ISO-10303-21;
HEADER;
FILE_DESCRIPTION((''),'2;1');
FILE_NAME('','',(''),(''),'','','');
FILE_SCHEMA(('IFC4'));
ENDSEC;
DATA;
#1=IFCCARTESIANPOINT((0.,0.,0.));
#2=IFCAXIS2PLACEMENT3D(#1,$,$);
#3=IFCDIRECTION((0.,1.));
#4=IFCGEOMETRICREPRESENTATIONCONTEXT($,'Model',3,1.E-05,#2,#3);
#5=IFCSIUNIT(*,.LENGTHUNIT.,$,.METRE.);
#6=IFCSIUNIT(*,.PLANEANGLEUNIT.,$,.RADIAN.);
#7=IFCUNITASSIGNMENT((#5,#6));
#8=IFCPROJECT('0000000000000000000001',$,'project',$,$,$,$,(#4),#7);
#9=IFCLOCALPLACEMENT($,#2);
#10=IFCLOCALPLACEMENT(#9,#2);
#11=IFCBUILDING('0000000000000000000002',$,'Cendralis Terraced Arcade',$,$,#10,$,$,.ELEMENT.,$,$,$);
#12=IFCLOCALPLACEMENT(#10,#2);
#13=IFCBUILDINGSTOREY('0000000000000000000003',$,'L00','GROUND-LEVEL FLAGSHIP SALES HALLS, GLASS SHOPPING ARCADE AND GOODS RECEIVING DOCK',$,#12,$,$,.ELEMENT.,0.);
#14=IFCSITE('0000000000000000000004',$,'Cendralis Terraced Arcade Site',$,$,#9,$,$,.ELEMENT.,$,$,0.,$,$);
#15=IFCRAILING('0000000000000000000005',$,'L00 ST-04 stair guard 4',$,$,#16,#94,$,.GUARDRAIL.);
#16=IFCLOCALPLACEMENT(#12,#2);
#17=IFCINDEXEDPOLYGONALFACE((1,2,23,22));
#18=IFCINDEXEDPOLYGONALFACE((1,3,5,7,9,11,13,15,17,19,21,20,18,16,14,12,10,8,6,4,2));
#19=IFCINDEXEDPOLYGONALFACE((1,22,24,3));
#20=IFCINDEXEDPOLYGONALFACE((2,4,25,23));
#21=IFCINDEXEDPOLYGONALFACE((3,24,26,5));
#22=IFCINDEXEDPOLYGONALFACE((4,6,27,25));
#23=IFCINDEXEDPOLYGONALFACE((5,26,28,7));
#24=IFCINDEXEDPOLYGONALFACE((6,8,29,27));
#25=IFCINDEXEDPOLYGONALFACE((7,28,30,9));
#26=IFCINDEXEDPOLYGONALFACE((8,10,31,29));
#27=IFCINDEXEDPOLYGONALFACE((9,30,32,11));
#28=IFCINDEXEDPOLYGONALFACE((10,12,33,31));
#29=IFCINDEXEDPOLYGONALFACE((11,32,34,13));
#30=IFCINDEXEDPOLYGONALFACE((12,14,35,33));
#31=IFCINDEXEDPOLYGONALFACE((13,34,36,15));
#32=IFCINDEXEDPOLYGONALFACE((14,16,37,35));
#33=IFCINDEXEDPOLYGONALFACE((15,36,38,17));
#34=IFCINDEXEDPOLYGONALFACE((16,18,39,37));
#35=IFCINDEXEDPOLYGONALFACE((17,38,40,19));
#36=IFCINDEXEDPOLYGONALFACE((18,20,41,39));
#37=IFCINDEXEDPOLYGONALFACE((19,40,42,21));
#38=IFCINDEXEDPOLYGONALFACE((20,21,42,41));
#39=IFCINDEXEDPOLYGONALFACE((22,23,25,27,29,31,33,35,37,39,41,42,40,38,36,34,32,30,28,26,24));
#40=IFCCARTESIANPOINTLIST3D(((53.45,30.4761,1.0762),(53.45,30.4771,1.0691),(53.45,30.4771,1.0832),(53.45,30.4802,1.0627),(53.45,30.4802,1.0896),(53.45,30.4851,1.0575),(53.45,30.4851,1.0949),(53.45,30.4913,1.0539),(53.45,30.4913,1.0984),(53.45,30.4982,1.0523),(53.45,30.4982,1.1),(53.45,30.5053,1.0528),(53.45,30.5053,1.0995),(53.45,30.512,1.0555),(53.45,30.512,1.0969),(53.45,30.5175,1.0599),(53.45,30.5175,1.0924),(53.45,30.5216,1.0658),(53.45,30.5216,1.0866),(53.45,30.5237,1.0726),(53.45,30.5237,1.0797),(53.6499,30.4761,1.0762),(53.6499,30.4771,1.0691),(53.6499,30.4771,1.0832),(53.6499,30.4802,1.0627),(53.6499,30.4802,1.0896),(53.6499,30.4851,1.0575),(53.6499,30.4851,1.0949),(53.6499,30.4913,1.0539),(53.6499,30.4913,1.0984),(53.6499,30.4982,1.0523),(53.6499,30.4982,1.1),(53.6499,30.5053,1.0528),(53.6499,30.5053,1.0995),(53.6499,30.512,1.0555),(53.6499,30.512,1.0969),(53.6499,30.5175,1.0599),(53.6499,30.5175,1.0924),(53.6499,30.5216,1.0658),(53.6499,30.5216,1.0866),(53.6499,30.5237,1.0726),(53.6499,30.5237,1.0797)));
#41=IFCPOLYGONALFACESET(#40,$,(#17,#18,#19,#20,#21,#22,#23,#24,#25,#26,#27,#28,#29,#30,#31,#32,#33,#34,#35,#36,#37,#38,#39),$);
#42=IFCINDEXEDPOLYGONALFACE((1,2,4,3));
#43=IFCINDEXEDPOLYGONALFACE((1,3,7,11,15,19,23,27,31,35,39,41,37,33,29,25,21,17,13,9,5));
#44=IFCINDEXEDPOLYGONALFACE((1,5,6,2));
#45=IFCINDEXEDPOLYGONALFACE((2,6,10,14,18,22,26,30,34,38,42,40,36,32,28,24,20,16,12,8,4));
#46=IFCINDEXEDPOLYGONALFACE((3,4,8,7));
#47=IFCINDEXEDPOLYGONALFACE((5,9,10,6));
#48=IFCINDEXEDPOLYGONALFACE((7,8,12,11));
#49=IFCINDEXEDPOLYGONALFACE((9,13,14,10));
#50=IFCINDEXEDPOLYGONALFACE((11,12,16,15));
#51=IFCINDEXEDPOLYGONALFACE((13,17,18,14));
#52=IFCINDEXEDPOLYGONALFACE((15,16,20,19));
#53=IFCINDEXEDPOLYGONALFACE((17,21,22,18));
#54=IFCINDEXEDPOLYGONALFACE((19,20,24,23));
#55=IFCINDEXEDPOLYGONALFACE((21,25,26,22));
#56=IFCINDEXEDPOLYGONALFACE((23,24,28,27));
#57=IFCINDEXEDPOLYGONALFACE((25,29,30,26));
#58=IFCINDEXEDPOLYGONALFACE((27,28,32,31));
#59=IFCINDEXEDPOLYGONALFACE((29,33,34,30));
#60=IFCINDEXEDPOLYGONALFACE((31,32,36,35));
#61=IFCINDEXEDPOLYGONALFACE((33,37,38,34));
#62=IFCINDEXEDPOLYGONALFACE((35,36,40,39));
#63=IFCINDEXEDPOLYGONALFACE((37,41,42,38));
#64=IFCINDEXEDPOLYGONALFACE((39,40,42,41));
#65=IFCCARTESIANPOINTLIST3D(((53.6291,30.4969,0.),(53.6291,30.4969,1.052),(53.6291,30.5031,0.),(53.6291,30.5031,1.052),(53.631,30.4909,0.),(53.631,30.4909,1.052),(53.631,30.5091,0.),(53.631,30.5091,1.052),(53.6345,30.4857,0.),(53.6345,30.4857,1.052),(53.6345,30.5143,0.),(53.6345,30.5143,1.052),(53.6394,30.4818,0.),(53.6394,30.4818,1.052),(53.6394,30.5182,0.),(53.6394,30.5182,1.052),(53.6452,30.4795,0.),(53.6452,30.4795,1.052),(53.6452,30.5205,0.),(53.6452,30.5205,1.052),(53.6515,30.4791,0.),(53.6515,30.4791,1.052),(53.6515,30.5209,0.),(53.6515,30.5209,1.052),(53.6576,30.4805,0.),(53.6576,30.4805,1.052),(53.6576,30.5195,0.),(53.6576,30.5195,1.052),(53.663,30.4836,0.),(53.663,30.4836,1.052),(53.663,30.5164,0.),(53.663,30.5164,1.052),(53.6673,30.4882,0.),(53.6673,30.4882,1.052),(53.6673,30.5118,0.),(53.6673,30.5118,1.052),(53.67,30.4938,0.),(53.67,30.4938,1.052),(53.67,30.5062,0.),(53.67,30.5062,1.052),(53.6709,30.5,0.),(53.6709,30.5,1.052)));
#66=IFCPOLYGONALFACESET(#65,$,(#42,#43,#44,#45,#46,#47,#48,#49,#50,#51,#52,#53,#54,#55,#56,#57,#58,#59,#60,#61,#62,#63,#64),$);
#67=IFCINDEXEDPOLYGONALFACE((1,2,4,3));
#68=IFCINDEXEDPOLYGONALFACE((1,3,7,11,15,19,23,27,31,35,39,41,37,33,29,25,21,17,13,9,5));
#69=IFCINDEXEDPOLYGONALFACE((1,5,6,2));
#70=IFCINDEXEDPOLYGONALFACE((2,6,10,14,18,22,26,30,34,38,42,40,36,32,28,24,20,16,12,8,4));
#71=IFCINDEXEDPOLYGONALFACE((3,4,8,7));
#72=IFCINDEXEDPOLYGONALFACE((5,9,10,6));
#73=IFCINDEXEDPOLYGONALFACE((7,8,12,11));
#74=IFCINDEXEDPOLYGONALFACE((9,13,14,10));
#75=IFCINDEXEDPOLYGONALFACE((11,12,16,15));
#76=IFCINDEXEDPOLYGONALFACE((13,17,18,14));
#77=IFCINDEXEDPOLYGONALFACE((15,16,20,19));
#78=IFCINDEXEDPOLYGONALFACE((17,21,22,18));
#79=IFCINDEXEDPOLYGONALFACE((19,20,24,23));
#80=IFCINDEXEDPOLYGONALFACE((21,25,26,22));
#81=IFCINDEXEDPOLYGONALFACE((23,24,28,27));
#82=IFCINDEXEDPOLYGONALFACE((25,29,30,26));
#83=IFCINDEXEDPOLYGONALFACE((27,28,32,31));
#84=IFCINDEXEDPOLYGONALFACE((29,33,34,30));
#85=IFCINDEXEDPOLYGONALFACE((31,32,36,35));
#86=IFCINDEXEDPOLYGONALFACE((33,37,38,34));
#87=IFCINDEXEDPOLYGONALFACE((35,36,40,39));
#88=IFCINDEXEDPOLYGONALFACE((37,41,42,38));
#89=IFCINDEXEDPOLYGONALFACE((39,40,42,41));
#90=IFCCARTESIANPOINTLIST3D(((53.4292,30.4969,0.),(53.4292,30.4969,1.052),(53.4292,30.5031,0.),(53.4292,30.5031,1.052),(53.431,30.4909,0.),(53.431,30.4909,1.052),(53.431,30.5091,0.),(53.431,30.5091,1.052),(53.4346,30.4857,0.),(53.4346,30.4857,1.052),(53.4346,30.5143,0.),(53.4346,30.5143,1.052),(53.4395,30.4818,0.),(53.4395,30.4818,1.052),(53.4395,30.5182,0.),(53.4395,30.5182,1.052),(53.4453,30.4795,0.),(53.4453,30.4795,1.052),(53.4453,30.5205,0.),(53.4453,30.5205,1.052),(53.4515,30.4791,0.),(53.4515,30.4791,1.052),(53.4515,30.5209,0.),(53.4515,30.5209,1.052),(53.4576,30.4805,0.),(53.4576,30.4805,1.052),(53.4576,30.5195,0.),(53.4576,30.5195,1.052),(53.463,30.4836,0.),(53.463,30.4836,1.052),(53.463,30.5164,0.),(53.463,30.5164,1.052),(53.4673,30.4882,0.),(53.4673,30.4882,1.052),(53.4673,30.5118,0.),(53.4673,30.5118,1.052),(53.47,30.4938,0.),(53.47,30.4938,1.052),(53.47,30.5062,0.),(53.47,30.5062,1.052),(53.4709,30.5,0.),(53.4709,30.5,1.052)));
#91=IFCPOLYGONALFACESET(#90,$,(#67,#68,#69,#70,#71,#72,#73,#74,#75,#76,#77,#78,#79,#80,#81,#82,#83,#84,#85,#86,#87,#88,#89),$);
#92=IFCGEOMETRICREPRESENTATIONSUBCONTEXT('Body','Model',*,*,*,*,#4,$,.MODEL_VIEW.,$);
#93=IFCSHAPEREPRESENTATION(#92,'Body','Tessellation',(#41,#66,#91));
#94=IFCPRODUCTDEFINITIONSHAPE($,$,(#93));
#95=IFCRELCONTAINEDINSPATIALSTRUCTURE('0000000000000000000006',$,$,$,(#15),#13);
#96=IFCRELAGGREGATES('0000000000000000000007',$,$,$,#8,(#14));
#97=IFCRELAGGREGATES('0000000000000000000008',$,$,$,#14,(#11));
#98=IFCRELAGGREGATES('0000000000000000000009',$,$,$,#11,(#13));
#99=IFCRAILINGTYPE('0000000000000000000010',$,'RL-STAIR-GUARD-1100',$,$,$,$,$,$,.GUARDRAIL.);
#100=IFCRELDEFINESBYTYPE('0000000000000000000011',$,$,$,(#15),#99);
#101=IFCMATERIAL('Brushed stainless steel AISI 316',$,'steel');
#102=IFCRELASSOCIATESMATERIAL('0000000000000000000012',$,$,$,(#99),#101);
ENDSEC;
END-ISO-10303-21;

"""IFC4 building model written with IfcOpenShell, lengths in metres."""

from ifc_helpers import new_model, si_unit, direction, frame, origin, origin_2d, place, context, subcontext, project, spatial, circle, extrude, material, type_object, element, save


model = new_model("IFC4")

# Units and contexts
model_context = context("Model", 3, precision=1e-05, world=origin(), true_north=direction((0.0, 1.0)))
body_context = subcontext(model_context, "Body", "Model", "MODEL_VIEW")
ifc_project = project(units=[si_unit("LENGTHUNIT", "METRE"), si_unit("PLANEANGLEUNIT", "RADIAN")], contexts=[model_context])

# Site, building, storey
site_placement = place(None, origin())
site = spatial("IfcSite", under=ifc_project, at=site_placement, Name="Cendralis Terraced Arcade Site", CompositionType="ELEMENT", RefElevation=0.0)
building_placement = place(site_placement, origin())
building = spatial("IfcBuilding", under=site, at=building_placement, Name="Cendralis Terraced Arcade", CompositionType="ELEMENT")
storey_placement = place(building_placement, origin())
storey = spatial("IfcBuildingStorey", under=building, at=storey_placement, Name="L00", Description="GROUND-LEVEL FLAGSHIP SALES HALLS, GLASS SHOPPING ARCADE AND GOODS RECEIVING DOCK", CompositionType="ELEMENT", Elevation=0.0)

# Railing
ifc_material_1 = material(Name="Brushed stainless steel AISI 316", Category="steel")
railing_type_1 = type_object("IfcRailingType", Name="RL-STAIR-GUARD-1100", PredefinedType="GUARDRAIL", material=ifc_material_1)
railing_1_placement = place(storey_placement, frame((53.6499, 30.5, 0.0)))
element("IfcRailing", 1, at=railing_1_placement, inside=storey, type_object=railing_type_1, Name="L00 ST-04 stair guard 4", PredefinedType="GUARDRAIL", context=body_context, shape_type="SweptSolid", body=[
    extrude(circle(Radius=0.0239, at=origin_2d()), frame((0.0, 0.0, 1.0762), z_axis=(-1.0, 0.0, 0.0), x_axis=(0.0, -1.0, 0.0)), (0.0, 0.0, 1.0), 0.2),
    extrude(circle(Radius=0.021, at=origin_2d()), origin(), (0.0, 0.0, 1.0), 1.052),
    extrude(circle(Radius=0.021, at=origin_2d()), frame((-0.2, 0.0, 0.0)), (0.0, 0.0, 1.0), 1.052),
])

save(model, "model.ifc")
